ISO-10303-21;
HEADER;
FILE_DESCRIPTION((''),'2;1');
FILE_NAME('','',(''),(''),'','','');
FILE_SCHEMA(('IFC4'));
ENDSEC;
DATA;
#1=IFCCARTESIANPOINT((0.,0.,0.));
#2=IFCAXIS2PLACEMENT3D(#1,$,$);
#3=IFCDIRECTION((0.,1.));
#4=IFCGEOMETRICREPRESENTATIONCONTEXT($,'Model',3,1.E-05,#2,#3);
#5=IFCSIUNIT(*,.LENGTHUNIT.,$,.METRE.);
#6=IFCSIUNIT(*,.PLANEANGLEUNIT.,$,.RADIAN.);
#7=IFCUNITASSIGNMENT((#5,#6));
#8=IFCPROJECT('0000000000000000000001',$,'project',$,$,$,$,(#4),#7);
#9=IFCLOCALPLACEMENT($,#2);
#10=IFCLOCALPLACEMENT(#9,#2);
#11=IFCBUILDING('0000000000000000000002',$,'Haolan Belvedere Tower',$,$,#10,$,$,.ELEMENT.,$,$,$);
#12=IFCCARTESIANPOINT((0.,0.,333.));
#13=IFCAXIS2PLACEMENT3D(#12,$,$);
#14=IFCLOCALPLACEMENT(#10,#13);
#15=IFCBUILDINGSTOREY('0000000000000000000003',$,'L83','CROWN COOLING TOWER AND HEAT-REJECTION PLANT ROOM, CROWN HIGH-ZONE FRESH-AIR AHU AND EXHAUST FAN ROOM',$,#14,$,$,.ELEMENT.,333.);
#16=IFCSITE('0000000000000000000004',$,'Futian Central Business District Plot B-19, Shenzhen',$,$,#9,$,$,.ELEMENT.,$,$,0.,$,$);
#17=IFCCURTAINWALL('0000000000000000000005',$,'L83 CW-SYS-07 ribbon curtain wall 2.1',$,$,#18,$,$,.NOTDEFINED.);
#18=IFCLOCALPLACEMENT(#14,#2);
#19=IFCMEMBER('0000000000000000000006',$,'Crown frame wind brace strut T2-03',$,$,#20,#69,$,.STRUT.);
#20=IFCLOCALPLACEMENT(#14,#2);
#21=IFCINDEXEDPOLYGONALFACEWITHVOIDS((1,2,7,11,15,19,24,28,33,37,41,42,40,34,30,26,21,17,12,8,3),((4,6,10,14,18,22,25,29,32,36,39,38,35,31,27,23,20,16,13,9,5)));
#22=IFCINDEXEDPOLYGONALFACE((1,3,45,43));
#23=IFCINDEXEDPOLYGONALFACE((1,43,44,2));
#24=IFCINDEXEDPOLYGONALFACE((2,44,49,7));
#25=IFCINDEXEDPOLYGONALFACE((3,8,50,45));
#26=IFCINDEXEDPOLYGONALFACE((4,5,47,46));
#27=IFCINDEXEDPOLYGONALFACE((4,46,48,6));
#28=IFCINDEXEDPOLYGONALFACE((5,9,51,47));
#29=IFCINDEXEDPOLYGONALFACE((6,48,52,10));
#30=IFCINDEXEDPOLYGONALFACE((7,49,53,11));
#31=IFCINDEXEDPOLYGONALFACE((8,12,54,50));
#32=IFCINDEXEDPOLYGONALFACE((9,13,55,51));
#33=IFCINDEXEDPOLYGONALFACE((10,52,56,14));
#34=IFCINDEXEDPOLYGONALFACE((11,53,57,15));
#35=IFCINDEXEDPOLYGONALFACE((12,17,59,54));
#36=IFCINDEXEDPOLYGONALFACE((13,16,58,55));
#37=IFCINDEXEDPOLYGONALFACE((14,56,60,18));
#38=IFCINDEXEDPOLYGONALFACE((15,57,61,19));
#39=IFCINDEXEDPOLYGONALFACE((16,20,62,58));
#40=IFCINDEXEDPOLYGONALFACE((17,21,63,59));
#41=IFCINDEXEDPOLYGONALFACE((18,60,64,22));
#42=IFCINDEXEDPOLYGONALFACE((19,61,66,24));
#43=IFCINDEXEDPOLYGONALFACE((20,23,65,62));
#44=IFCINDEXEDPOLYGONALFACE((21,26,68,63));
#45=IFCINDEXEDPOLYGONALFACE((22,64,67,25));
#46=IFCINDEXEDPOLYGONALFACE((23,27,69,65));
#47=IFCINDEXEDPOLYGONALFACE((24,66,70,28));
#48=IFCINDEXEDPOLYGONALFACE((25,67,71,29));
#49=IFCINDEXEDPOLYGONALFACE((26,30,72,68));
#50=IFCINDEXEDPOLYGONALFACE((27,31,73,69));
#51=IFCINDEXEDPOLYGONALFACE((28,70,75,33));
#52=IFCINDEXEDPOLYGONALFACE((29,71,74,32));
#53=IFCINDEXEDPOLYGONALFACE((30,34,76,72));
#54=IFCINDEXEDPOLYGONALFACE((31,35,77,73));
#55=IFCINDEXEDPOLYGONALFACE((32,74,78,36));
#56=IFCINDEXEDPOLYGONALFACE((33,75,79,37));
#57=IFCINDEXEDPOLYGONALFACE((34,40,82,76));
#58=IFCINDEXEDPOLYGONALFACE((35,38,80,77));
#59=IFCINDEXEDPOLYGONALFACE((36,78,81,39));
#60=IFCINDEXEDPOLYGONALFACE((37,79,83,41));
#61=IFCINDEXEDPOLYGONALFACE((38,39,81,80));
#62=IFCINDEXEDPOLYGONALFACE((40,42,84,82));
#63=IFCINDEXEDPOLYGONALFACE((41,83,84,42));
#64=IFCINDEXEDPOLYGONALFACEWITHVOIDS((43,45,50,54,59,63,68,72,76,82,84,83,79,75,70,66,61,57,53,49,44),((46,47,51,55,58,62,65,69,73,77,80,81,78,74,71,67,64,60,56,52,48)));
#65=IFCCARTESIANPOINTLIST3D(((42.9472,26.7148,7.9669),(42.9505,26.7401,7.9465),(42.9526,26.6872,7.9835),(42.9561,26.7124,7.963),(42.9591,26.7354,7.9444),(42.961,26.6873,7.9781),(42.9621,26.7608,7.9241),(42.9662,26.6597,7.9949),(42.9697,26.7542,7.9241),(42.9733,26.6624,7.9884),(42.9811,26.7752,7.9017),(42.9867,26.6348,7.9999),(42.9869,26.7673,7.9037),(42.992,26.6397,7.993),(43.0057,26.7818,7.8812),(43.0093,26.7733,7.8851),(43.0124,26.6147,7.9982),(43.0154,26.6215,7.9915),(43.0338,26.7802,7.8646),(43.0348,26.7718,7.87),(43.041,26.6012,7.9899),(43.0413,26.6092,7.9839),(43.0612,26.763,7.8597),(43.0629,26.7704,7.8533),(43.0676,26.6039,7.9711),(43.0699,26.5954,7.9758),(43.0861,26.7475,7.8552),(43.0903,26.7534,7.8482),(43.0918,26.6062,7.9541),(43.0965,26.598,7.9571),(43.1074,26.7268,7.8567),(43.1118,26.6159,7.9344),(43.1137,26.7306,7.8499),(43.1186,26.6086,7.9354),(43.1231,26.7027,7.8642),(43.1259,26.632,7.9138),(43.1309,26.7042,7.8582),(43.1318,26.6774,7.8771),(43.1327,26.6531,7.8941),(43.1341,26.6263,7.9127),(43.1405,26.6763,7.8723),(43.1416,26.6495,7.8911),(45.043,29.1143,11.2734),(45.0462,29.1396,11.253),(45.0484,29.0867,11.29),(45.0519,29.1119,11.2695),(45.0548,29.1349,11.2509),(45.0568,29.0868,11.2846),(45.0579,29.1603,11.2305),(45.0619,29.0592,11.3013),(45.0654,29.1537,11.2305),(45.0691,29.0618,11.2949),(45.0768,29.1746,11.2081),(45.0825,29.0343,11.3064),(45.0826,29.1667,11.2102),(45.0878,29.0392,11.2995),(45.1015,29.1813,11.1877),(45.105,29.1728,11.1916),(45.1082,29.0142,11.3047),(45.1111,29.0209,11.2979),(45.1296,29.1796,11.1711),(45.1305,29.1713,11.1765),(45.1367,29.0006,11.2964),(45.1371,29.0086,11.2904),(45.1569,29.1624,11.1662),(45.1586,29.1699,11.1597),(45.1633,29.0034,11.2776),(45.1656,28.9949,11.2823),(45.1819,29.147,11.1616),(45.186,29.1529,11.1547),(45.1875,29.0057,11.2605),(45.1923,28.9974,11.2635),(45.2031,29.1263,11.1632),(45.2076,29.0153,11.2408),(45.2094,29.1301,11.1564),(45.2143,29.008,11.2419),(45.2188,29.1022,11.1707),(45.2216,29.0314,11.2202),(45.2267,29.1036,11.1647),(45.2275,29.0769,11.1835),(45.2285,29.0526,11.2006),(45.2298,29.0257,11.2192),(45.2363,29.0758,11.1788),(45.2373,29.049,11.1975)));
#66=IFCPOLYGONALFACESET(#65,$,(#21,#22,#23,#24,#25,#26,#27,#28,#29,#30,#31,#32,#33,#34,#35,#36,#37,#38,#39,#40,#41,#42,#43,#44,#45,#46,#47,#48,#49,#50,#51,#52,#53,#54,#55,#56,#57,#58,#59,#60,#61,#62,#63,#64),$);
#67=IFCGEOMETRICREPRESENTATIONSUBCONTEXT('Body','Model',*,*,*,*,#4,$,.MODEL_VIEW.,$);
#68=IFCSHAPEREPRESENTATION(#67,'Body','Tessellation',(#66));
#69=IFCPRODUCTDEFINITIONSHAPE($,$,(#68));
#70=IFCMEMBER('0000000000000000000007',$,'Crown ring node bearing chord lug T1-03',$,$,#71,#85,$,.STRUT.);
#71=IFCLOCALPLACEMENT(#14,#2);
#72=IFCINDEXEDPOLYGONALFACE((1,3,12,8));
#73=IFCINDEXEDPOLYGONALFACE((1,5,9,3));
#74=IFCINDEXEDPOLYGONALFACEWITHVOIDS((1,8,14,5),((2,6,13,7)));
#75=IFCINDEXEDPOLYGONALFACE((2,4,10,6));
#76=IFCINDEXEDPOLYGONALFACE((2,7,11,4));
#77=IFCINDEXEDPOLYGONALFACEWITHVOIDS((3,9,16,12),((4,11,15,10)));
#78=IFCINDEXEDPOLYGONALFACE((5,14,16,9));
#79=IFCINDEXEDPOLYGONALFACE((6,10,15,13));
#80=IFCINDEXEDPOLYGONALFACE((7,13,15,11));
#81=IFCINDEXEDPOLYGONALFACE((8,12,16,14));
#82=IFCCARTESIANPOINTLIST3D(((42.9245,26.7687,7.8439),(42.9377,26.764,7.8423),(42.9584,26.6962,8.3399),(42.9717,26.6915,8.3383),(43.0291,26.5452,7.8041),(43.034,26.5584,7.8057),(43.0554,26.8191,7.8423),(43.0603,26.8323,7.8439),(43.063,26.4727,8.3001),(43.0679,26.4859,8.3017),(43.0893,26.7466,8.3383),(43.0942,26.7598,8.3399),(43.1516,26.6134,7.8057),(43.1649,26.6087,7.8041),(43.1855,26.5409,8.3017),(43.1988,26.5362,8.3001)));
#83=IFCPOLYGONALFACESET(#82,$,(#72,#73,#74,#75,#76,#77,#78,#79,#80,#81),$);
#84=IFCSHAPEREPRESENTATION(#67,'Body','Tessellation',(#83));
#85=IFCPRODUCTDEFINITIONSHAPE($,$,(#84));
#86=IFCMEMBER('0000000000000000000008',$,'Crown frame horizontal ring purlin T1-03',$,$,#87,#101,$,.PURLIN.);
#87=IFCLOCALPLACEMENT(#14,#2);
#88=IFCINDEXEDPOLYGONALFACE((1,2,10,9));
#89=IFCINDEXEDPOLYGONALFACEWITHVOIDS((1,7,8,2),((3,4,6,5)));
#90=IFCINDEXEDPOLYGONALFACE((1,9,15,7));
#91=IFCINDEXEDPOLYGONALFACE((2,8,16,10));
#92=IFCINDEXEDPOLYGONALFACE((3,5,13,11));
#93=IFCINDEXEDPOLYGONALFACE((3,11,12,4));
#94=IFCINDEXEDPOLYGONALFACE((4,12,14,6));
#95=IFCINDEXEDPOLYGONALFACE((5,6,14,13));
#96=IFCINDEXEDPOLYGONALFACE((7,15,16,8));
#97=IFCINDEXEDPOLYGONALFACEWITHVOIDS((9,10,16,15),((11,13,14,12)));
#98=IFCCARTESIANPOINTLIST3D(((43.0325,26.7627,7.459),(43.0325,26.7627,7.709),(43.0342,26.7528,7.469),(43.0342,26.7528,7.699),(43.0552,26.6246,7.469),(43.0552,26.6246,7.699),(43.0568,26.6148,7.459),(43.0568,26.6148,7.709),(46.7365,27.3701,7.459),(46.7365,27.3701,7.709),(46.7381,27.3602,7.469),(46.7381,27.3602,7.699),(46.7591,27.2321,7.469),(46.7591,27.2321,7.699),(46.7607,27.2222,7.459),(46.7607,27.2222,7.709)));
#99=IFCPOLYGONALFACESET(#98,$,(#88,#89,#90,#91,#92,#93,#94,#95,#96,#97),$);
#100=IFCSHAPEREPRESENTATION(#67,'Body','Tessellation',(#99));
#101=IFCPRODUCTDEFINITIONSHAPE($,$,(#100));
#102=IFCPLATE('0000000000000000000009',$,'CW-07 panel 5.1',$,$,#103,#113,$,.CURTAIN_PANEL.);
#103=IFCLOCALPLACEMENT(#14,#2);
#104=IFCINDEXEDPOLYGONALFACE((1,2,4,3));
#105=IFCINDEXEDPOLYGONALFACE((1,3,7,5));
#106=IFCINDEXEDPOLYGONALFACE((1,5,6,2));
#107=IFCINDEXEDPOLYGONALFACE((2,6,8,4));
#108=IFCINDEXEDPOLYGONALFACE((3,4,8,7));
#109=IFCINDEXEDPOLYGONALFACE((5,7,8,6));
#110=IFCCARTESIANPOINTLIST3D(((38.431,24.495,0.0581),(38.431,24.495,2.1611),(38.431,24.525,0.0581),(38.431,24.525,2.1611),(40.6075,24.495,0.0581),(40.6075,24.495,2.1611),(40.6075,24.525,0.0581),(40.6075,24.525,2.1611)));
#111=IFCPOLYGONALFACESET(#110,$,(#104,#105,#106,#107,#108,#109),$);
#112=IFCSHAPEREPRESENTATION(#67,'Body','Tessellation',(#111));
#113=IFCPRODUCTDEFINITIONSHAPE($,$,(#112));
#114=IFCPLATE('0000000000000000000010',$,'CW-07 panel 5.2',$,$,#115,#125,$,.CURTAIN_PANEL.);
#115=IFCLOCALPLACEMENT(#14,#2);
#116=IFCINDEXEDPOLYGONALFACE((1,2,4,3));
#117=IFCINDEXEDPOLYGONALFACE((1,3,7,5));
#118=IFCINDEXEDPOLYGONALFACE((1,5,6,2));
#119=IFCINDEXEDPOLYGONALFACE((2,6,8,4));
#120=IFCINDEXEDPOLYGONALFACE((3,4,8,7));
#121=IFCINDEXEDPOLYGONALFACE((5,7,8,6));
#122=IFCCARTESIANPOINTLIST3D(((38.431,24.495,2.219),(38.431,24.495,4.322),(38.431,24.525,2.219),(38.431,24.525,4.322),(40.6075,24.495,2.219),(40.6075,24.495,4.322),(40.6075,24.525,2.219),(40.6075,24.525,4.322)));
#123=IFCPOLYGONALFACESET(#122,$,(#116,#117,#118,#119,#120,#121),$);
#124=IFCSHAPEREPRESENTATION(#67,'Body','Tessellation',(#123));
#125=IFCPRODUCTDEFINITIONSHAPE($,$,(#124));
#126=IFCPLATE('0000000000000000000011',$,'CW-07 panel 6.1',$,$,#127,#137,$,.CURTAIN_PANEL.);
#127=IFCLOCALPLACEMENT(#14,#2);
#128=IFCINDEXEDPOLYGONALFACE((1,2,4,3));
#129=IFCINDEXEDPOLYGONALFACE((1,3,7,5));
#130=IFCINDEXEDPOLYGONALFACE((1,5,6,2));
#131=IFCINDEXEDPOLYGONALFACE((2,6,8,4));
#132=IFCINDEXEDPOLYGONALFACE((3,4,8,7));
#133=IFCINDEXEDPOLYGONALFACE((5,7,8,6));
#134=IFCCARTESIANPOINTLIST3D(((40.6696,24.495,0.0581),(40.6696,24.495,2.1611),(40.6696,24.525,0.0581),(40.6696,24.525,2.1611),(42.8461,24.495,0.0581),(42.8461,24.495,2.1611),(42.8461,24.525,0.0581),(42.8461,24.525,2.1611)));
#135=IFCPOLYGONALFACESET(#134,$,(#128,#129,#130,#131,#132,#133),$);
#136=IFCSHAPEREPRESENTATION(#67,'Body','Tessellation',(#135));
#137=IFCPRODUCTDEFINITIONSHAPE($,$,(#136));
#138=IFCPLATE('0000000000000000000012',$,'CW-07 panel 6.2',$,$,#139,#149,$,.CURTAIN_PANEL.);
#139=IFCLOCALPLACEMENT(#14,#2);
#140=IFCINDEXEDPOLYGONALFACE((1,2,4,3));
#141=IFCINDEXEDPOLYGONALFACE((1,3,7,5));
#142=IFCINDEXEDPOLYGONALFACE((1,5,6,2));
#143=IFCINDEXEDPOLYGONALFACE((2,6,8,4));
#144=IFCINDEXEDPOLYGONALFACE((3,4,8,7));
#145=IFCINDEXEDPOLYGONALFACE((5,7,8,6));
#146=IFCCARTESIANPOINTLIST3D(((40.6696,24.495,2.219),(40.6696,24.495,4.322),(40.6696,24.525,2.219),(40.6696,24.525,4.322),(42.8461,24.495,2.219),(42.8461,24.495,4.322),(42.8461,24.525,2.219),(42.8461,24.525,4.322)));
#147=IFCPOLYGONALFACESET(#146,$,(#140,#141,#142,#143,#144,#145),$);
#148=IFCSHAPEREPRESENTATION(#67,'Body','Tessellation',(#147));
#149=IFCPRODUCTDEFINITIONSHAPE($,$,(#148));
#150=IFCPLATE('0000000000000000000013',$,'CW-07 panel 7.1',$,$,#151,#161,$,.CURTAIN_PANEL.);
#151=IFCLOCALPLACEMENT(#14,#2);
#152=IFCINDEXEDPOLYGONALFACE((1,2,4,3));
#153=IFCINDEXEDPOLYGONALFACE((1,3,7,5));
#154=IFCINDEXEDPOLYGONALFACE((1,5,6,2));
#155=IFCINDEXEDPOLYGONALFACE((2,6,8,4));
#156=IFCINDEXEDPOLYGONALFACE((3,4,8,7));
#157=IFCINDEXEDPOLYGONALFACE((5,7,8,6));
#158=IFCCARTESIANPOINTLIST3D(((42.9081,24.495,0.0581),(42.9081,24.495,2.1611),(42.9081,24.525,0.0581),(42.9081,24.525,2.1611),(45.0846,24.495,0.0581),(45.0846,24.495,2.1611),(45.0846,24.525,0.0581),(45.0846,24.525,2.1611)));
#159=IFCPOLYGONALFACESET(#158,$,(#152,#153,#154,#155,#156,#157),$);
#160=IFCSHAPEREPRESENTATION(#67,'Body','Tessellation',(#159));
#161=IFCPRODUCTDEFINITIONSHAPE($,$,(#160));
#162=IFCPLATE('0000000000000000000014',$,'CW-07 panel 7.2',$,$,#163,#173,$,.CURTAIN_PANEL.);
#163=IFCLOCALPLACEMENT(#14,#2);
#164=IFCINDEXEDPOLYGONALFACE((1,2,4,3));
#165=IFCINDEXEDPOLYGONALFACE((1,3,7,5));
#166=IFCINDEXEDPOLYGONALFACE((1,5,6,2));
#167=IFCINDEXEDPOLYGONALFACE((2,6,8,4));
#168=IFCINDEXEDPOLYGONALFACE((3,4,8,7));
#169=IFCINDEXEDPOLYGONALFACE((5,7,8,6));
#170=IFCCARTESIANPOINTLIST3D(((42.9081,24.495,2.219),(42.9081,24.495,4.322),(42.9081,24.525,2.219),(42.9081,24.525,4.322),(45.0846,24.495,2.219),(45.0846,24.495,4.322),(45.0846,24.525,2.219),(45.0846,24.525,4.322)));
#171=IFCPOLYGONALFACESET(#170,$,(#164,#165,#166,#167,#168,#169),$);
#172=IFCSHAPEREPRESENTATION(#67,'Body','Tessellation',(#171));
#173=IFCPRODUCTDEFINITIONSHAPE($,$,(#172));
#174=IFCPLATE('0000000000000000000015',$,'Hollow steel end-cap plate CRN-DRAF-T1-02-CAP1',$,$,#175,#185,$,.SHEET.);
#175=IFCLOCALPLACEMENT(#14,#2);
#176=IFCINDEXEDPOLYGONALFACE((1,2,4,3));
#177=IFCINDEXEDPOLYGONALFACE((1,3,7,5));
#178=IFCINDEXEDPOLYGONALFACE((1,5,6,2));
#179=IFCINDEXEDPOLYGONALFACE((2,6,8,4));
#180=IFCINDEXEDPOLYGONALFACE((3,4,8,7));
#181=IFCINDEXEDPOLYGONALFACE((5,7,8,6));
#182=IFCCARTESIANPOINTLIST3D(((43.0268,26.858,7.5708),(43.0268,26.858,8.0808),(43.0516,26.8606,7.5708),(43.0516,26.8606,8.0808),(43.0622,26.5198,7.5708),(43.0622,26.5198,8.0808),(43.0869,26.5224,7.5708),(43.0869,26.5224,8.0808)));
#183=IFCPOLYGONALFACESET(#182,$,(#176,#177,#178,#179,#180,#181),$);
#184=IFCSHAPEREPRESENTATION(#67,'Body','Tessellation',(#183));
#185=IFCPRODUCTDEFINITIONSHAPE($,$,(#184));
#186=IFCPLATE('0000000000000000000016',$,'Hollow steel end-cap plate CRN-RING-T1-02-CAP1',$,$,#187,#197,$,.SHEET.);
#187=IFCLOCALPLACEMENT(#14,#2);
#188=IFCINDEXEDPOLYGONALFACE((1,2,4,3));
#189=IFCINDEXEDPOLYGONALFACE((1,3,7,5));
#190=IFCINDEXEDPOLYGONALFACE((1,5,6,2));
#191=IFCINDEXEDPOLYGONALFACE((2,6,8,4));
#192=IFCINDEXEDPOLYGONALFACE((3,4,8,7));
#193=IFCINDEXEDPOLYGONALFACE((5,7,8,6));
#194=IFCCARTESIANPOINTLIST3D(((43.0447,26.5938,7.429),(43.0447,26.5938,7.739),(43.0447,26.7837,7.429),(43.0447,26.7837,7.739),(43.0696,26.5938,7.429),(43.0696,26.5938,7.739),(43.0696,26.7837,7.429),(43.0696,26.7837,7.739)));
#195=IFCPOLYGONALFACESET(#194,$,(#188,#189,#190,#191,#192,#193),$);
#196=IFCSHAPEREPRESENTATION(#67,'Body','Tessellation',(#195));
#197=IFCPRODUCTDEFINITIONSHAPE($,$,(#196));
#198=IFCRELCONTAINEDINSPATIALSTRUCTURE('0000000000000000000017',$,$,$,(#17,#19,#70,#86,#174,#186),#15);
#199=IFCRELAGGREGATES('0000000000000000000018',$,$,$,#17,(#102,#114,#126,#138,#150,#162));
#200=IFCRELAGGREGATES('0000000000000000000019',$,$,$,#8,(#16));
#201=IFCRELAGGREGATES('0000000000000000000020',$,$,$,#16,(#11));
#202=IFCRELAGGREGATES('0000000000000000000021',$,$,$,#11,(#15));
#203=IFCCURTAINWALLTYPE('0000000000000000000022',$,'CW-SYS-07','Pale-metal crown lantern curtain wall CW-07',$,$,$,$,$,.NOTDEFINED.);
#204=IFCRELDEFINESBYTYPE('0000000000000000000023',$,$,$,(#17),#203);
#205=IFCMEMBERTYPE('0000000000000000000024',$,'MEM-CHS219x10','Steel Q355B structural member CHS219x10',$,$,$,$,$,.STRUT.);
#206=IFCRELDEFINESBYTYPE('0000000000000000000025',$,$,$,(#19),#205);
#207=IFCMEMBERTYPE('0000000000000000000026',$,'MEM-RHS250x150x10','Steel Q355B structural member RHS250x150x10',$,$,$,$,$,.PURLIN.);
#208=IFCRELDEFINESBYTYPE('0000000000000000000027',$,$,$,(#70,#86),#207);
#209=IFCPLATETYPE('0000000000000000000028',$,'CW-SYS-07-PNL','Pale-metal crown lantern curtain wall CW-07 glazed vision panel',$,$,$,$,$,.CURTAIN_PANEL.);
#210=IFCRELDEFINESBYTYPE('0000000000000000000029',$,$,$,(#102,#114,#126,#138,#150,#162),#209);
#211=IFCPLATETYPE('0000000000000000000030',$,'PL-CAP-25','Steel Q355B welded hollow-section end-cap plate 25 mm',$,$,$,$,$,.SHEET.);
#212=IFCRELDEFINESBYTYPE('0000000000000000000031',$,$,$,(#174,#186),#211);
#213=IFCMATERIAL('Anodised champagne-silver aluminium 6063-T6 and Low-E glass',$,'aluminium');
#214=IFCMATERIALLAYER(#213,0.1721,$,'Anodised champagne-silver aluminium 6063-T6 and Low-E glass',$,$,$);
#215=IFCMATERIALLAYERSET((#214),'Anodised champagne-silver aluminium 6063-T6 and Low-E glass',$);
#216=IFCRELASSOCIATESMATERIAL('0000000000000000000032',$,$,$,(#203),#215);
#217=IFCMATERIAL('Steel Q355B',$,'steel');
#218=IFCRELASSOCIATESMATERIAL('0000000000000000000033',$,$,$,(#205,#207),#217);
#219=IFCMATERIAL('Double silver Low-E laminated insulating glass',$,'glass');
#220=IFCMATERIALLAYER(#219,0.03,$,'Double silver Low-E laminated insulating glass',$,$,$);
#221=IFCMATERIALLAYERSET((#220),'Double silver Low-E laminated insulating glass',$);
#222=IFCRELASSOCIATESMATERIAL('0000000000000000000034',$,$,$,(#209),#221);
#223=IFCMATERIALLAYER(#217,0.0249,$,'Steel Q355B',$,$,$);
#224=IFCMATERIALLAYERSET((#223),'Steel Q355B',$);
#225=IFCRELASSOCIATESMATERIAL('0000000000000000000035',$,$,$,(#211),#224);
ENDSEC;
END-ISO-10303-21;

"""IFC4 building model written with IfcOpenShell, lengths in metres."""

from ifc_helpers import new_model, si_unit, direction, frame, origin, origin_2d, place, context, subcontext, project, spatial, rectangle, hollow_rectangle, hollow_circle, extrude, material, layer, layer_set, material_profile, profile_set, type_object, element, aggregate, save


model = new_model("IFC4")

# Units and contexts
model_context = context("Model", 3, precision=1e-05, world=origin(), true_north=direction((0.0, 1.0)))
body_context = subcontext(model_context, "Body", "Model", "MODEL_VIEW")
ifc_project = project(units=[si_unit("LENGTHUNIT", "METRE"), si_unit("PLANEANGLEUNIT", "RADIAN")], contexts=[model_context])

# Site, building, storey
site_placement = place(None, origin())
site = spatial("IfcSite", under=ifc_project, at=site_placement, Name="Futian Central Business District Plot B-19, Shenzhen", CompositionType="ELEMENT", RefElevation=0.0)
building_placement = place(site_placement, origin())
building = spatial("IfcBuilding", under=site, at=building_placement, Name="Haolan Belvedere Tower", CompositionType="ELEMENT")
storey_placement = place(building_placement, frame((0.0, 0.0, 333.0)))
storey = spatial("IfcBuildingStorey", under=building, at=storey_placement, Name="L83", Description="CROWN COOLING TOWER AND HEAT-REJECTION PLANT ROOM, CROWN HIGH-ZONE FRESH-AIR AHU AND EXHAUST FAN ROOM", CompositionType="ELEMENT", Elevation=333.0)

# Curtain wall
ifc_material_1 = material(Name="Anodised champagne-silver aluminium 6063-T6 and Low-E glass", Category="aluminium")
ifc_layer_1 = layer(ifc_material_1, 0.1721, Name="Anodised champagne-silver aluminium 6063-T6 and Low-E glass")
ifc_layer_set_1 = layer_set([ifc_layer_1], Name="Anodised champagne-silver aluminium 6063-T6 and Low-E glass")
curtain_wall_type = type_object("IfcCurtainWallType", Name="CW-SYS-07", Description="Pale-metal crown lantern curtain wall CW-07", PredefinedType="NOTDEFINED", material=ifc_layer_set_1)
curtain_wall_placement = place(storey_placement, origin())
curtain_wall = element("IfcCurtainWall", 1, at=curtain_wall_placement, inside=storey, type_object=curtain_wall_type, Name="L83 CW-SYS-07 ribbon curtain wall 2.1", PredefinedType="NOTDEFINED")

# Members
ifc_material_2 = material(Name="Steel Q355B", Category="steel")
ifc_material_profile_1 = material_profile(ifc_material_2, hollow_circle(Radius=0.1096, WallThickness=0.01, at=origin_2d()), Name="Steel Q355B")
ifc_profile_set_1 = profile_set([ifc_material_profile_1], Name="Steel Q355B")
member_type_1 = type_object("IfcMemberType", Name="MEM-CHS219x10", Description="Steel Q355B structural member CHS219x10", PredefinedType="STRUT", material=ifc_profile_set_1)
member_1_placement = place(storey_placement, frame((43.0447, 26.6887, 7.9241), z_axis=(0.456436, 0.522583, 0.72012), x_axis=(-0.753165, 0.657832, 0.0)))
element("IfcMember", 2, at=member_1_placement, inside=storey, type_object=member_type_1, Name="Crown frame wind brace strut T2-03", PredefinedType="STRUT", context=body_context, shape_type="SweptSolid", body=[
    extrude(hollow_circle(Radius=0.1096, WallThickness=0.01, at=origin_2d()), origin(), (0.0, 0.0, 1.0), 4.5916),
])
ifc_material_profile_2 = material_profile(ifc_material_2, hollow_rectangle(XDim=0.1499, YDim=0.25, WallThickness=0.01, at=origin_2d()), Name="Steel Q355B")
ifc_profile_set_2 = profile_set([ifc_material_profile_2], Name="Steel Q355B")
member_type_2 = type_object("IfcMemberType", Name="MEM-RHS250x150x10", Description="Steel Q355B structural member RHS250x150x10", PredefinedType="PURLIN", material=ifc_profile_set_2)
member_2_placement = place(storey_placement, frame((43.0447, 26.6887, 7.824), z_axis=(0.067532, -0.144295, 0.987228), x_axis=(0.905715, 0.423887, 0.0)))
element("IfcMember", 3, at=member_2_placement, inside=storey, type_object=member_type_2, Name="Crown ring node bearing chord lug T1-03", PredefinedType="STRUT", context=body_context, shape_type="SweptSolid", body=[
    extrude(hollow_rectangle(XDim=0.1499, YDim=0.25, WallThickness=0.01, at=origin_2d()), origin(), (0.0, 0.0, 1.0), 0.5024),
])
member_3_placement = place(storey_placement, frame((43.0447, 26.6887, 7.584), z_axis=(0.986818, 0.161835, 0.0), x_axis=(-0.161835, 0.986818, 0.0)))
element("IfcMember", 4, at=member_3_placement, inside=storey, type_object=member_type_2, Name="Crown frame horizontal ring purlin T1-03", PredefinedType="PURLIN", context=body_context, shape_type="SweptSolid", body=[
    extrude(hollow_rectangle(XDim=0.1499, YDim=0.25, WallThickness=0.01, at=origin_2d()), origin(), (0.0, 0.0, 1.0), 3.7534),
])

# Plates
ifc_material_3 = material(Name="Double silver Low-E laminated insulating glass", Category="glass")
ifc_layer_2 = layer(ifc_material_3, 0.03, Name="Double silver Low-E laminated insulating glass")
ifc_layer_set_2 = layer_set([ifc_layer_2], Name="Double silver Low-E laminated insulating glass")
plate_type_1 = type_object("IfcPlateType", Name="CW-SYS-07-PNL", Description="Pale-metal crown lantern curtain wall CW-07 glazed vision panel", PredefinedType="CURTAIN_PANEL", material=ifc_layer_set_2)
plate_1_placement = place(storey_placement, frame((39.5193, 24.51, 0.0581), z_axis=(0.0, 0.0, 1.0), x_axis=(1.0, 0.0, 0.0)))
plate_1 = element("IfcPlate", 5, at=plate_1_placement, type_object=plate_type_1, Name="CW-07 panel 5.1", PredefinedType="CURTAIN_PANEL", context=body_context, shape_type="SweptSolid", body=[
    extrude(rectangle(XDim=2.1765, YDim=0.03, at=origin_2d()), origin(), (0.0, 0.0, 1.0), 2.103),
])
plate_2_placement = place(storey_placement, frame((39.5193, 24.51, 2.219), z_axis=(0.0, 0.0, 1.0), x_axis=(1.0, 0.0, 0.0)))
plate_2 = element("IfcPlate", 6, at=plate_2_placement, type_object=plate_type_1, Name="CW-07 panel 5.2", PredefinedType="CURTAIN_PANEL", context=body_context, shape_type="SweptSolid", body=[
    extrude(rectangle(XDim=2.1765, YDim=0.03, at=origin_2d()), origin(), (0.0, 0.0, 1.0), 2.103),
])
plate_3_placement = place(storey_placement, frame((41.7578, 24.51, 0.0581), z_axis=(0.0, 0.0, 1.0), x_axis=(1.0, 0.0, 0.0)))
plate_3 = element("IfcPlate", 7, at=plate_3_placement, type_object=plate_type_1, Name="CW-07 panel 6.1", PredefinedType="CURTAIN_PANEL", context=body_context, shape_type="SweptSolid", body=[
    extrude(rectangle(XDim=2.1765, YDim=0.03, at=origin_2d()), origin(), (0.0, 0.0, 1.0), 2.103),
])
plate_4_placement = place(storey_placement, frame((41.7578, 24.51, 2.219), z_axis=(0.0, 0.0, 1.0), x_axis=(1.0, 0.0, 0.0)))
plate_4 = element("IfcPlate", 8, at=plate_4_placement, type_object=plate_type_1, Name="CW-07 panel 6.2", PredefinedType="CURTAIN_PANEL", context=body_context, shape_type="SweptSolid", body=[
    extrude(rectangle(XDim=2.1765, YDim=0.03, at=origin_2d()), origin(), (0.0, 0.0, 1.0), 2.103),
])
plate_5_placement = place(storey_placement, frame((43.9963, 24.51, 0.0581), z_axis=(0.0, 0.0, 1.0), x_axis=(1.0, 0.0, 0.0)))
plate_5 = element("IfcPlate", 9, at=plate_5_placement, type_object=plate_type_1, Name="CW-07 panel 7.1", PredefinedType="CURTAIN_PANEL", context=body_context, shape_type="SweptSolid", body=[
    extrude(rectangle(XDim=2.1765, YDim=0.03, at=origin_2d()), origin(), (0.0, 0.0, 1.0), 2.103),
])
plate_6_placement = place(storey_placement, frame((43.9963, 24.51, 2.219), z_axis=(0.0, 0.0, 1.0), x_axis=(1.0, 0.0, 0.0)))
plate_6 = element("IfcPlate", 10, at=plate_6_placement, type_object=plate_type_1, Name="CW-07 panel 7.2", PredefinedType="CURTAIN_PANEL", context=body_context, shape_type="SweptSolid", body=[
    extrude(rectangle(XDim=2.1765, YDim=0.03, at=origin_2d()), origin(), (0.0, 0.0, 1.0), 2.103),
])
aggregate(curtain_wall, [plate_1, plate_2, plate_3, plate_4, plate_5, plate_6])

# Plates
ifc_layer_3 = layer(ifc_material_2, 0.0249, Name="Steel Q355B")
ifc_layer_set_3 = layer_set([ifc_layer_3], Name="Steel Q355B")
plate_type_2 = type_object("IfcPlateType", Name="PL-CAP-25", Description="Steel Q355B welded hollow-section end-cap plate 25 mm", PredefinedType="SHEET", material=ifc_layer_set_3)
plate_7_placement = place(storey_placement, frame((43.0569, 26.6902, 7.5708), z_axis=(0.0, 0.0, 1.0), x_axis=(-0.103817, 0.994596, 0.0)))
element("IfcPlate", 11, at=plate_7_placement, inside=storey, type_object=plate_type_2, Name="Hollow steel end-cap plate CRN-DRAF-T1-02-CAP1", PredefinedType="SHEET", context=body_context, shape_type="SweptSolid", body=[
    extrude(rectangle(XDim=0.3401, YDim=0.0249, at=origin_2d()), origin(), (0.0, 0.0, 1.0), 0.51),
])
plate_8_placement = place(storey_placement, frame((43.0571, 26.6887, 7.429), z_axis=(0.0, 0.0, 1.0), x_axis=(0.0, 1.0, 0.0)))
element("IfcPlate", 12, at=plate_8_placement, inside=storey, type_object=plate_type_2, Name="Hollow steel end-cap plate CRN-RING-T1-02-CAP1", PredefinedType="SHEET", context=body_context, shape_type="SweptSolid", body=[
    extrude(rectangle(XDim=0.1899, YDim=0.0249, at=origin_2d()), origin(), (0.0, 0.0, 1.0), 0.3101),
])

save(model, "model.ifc")
